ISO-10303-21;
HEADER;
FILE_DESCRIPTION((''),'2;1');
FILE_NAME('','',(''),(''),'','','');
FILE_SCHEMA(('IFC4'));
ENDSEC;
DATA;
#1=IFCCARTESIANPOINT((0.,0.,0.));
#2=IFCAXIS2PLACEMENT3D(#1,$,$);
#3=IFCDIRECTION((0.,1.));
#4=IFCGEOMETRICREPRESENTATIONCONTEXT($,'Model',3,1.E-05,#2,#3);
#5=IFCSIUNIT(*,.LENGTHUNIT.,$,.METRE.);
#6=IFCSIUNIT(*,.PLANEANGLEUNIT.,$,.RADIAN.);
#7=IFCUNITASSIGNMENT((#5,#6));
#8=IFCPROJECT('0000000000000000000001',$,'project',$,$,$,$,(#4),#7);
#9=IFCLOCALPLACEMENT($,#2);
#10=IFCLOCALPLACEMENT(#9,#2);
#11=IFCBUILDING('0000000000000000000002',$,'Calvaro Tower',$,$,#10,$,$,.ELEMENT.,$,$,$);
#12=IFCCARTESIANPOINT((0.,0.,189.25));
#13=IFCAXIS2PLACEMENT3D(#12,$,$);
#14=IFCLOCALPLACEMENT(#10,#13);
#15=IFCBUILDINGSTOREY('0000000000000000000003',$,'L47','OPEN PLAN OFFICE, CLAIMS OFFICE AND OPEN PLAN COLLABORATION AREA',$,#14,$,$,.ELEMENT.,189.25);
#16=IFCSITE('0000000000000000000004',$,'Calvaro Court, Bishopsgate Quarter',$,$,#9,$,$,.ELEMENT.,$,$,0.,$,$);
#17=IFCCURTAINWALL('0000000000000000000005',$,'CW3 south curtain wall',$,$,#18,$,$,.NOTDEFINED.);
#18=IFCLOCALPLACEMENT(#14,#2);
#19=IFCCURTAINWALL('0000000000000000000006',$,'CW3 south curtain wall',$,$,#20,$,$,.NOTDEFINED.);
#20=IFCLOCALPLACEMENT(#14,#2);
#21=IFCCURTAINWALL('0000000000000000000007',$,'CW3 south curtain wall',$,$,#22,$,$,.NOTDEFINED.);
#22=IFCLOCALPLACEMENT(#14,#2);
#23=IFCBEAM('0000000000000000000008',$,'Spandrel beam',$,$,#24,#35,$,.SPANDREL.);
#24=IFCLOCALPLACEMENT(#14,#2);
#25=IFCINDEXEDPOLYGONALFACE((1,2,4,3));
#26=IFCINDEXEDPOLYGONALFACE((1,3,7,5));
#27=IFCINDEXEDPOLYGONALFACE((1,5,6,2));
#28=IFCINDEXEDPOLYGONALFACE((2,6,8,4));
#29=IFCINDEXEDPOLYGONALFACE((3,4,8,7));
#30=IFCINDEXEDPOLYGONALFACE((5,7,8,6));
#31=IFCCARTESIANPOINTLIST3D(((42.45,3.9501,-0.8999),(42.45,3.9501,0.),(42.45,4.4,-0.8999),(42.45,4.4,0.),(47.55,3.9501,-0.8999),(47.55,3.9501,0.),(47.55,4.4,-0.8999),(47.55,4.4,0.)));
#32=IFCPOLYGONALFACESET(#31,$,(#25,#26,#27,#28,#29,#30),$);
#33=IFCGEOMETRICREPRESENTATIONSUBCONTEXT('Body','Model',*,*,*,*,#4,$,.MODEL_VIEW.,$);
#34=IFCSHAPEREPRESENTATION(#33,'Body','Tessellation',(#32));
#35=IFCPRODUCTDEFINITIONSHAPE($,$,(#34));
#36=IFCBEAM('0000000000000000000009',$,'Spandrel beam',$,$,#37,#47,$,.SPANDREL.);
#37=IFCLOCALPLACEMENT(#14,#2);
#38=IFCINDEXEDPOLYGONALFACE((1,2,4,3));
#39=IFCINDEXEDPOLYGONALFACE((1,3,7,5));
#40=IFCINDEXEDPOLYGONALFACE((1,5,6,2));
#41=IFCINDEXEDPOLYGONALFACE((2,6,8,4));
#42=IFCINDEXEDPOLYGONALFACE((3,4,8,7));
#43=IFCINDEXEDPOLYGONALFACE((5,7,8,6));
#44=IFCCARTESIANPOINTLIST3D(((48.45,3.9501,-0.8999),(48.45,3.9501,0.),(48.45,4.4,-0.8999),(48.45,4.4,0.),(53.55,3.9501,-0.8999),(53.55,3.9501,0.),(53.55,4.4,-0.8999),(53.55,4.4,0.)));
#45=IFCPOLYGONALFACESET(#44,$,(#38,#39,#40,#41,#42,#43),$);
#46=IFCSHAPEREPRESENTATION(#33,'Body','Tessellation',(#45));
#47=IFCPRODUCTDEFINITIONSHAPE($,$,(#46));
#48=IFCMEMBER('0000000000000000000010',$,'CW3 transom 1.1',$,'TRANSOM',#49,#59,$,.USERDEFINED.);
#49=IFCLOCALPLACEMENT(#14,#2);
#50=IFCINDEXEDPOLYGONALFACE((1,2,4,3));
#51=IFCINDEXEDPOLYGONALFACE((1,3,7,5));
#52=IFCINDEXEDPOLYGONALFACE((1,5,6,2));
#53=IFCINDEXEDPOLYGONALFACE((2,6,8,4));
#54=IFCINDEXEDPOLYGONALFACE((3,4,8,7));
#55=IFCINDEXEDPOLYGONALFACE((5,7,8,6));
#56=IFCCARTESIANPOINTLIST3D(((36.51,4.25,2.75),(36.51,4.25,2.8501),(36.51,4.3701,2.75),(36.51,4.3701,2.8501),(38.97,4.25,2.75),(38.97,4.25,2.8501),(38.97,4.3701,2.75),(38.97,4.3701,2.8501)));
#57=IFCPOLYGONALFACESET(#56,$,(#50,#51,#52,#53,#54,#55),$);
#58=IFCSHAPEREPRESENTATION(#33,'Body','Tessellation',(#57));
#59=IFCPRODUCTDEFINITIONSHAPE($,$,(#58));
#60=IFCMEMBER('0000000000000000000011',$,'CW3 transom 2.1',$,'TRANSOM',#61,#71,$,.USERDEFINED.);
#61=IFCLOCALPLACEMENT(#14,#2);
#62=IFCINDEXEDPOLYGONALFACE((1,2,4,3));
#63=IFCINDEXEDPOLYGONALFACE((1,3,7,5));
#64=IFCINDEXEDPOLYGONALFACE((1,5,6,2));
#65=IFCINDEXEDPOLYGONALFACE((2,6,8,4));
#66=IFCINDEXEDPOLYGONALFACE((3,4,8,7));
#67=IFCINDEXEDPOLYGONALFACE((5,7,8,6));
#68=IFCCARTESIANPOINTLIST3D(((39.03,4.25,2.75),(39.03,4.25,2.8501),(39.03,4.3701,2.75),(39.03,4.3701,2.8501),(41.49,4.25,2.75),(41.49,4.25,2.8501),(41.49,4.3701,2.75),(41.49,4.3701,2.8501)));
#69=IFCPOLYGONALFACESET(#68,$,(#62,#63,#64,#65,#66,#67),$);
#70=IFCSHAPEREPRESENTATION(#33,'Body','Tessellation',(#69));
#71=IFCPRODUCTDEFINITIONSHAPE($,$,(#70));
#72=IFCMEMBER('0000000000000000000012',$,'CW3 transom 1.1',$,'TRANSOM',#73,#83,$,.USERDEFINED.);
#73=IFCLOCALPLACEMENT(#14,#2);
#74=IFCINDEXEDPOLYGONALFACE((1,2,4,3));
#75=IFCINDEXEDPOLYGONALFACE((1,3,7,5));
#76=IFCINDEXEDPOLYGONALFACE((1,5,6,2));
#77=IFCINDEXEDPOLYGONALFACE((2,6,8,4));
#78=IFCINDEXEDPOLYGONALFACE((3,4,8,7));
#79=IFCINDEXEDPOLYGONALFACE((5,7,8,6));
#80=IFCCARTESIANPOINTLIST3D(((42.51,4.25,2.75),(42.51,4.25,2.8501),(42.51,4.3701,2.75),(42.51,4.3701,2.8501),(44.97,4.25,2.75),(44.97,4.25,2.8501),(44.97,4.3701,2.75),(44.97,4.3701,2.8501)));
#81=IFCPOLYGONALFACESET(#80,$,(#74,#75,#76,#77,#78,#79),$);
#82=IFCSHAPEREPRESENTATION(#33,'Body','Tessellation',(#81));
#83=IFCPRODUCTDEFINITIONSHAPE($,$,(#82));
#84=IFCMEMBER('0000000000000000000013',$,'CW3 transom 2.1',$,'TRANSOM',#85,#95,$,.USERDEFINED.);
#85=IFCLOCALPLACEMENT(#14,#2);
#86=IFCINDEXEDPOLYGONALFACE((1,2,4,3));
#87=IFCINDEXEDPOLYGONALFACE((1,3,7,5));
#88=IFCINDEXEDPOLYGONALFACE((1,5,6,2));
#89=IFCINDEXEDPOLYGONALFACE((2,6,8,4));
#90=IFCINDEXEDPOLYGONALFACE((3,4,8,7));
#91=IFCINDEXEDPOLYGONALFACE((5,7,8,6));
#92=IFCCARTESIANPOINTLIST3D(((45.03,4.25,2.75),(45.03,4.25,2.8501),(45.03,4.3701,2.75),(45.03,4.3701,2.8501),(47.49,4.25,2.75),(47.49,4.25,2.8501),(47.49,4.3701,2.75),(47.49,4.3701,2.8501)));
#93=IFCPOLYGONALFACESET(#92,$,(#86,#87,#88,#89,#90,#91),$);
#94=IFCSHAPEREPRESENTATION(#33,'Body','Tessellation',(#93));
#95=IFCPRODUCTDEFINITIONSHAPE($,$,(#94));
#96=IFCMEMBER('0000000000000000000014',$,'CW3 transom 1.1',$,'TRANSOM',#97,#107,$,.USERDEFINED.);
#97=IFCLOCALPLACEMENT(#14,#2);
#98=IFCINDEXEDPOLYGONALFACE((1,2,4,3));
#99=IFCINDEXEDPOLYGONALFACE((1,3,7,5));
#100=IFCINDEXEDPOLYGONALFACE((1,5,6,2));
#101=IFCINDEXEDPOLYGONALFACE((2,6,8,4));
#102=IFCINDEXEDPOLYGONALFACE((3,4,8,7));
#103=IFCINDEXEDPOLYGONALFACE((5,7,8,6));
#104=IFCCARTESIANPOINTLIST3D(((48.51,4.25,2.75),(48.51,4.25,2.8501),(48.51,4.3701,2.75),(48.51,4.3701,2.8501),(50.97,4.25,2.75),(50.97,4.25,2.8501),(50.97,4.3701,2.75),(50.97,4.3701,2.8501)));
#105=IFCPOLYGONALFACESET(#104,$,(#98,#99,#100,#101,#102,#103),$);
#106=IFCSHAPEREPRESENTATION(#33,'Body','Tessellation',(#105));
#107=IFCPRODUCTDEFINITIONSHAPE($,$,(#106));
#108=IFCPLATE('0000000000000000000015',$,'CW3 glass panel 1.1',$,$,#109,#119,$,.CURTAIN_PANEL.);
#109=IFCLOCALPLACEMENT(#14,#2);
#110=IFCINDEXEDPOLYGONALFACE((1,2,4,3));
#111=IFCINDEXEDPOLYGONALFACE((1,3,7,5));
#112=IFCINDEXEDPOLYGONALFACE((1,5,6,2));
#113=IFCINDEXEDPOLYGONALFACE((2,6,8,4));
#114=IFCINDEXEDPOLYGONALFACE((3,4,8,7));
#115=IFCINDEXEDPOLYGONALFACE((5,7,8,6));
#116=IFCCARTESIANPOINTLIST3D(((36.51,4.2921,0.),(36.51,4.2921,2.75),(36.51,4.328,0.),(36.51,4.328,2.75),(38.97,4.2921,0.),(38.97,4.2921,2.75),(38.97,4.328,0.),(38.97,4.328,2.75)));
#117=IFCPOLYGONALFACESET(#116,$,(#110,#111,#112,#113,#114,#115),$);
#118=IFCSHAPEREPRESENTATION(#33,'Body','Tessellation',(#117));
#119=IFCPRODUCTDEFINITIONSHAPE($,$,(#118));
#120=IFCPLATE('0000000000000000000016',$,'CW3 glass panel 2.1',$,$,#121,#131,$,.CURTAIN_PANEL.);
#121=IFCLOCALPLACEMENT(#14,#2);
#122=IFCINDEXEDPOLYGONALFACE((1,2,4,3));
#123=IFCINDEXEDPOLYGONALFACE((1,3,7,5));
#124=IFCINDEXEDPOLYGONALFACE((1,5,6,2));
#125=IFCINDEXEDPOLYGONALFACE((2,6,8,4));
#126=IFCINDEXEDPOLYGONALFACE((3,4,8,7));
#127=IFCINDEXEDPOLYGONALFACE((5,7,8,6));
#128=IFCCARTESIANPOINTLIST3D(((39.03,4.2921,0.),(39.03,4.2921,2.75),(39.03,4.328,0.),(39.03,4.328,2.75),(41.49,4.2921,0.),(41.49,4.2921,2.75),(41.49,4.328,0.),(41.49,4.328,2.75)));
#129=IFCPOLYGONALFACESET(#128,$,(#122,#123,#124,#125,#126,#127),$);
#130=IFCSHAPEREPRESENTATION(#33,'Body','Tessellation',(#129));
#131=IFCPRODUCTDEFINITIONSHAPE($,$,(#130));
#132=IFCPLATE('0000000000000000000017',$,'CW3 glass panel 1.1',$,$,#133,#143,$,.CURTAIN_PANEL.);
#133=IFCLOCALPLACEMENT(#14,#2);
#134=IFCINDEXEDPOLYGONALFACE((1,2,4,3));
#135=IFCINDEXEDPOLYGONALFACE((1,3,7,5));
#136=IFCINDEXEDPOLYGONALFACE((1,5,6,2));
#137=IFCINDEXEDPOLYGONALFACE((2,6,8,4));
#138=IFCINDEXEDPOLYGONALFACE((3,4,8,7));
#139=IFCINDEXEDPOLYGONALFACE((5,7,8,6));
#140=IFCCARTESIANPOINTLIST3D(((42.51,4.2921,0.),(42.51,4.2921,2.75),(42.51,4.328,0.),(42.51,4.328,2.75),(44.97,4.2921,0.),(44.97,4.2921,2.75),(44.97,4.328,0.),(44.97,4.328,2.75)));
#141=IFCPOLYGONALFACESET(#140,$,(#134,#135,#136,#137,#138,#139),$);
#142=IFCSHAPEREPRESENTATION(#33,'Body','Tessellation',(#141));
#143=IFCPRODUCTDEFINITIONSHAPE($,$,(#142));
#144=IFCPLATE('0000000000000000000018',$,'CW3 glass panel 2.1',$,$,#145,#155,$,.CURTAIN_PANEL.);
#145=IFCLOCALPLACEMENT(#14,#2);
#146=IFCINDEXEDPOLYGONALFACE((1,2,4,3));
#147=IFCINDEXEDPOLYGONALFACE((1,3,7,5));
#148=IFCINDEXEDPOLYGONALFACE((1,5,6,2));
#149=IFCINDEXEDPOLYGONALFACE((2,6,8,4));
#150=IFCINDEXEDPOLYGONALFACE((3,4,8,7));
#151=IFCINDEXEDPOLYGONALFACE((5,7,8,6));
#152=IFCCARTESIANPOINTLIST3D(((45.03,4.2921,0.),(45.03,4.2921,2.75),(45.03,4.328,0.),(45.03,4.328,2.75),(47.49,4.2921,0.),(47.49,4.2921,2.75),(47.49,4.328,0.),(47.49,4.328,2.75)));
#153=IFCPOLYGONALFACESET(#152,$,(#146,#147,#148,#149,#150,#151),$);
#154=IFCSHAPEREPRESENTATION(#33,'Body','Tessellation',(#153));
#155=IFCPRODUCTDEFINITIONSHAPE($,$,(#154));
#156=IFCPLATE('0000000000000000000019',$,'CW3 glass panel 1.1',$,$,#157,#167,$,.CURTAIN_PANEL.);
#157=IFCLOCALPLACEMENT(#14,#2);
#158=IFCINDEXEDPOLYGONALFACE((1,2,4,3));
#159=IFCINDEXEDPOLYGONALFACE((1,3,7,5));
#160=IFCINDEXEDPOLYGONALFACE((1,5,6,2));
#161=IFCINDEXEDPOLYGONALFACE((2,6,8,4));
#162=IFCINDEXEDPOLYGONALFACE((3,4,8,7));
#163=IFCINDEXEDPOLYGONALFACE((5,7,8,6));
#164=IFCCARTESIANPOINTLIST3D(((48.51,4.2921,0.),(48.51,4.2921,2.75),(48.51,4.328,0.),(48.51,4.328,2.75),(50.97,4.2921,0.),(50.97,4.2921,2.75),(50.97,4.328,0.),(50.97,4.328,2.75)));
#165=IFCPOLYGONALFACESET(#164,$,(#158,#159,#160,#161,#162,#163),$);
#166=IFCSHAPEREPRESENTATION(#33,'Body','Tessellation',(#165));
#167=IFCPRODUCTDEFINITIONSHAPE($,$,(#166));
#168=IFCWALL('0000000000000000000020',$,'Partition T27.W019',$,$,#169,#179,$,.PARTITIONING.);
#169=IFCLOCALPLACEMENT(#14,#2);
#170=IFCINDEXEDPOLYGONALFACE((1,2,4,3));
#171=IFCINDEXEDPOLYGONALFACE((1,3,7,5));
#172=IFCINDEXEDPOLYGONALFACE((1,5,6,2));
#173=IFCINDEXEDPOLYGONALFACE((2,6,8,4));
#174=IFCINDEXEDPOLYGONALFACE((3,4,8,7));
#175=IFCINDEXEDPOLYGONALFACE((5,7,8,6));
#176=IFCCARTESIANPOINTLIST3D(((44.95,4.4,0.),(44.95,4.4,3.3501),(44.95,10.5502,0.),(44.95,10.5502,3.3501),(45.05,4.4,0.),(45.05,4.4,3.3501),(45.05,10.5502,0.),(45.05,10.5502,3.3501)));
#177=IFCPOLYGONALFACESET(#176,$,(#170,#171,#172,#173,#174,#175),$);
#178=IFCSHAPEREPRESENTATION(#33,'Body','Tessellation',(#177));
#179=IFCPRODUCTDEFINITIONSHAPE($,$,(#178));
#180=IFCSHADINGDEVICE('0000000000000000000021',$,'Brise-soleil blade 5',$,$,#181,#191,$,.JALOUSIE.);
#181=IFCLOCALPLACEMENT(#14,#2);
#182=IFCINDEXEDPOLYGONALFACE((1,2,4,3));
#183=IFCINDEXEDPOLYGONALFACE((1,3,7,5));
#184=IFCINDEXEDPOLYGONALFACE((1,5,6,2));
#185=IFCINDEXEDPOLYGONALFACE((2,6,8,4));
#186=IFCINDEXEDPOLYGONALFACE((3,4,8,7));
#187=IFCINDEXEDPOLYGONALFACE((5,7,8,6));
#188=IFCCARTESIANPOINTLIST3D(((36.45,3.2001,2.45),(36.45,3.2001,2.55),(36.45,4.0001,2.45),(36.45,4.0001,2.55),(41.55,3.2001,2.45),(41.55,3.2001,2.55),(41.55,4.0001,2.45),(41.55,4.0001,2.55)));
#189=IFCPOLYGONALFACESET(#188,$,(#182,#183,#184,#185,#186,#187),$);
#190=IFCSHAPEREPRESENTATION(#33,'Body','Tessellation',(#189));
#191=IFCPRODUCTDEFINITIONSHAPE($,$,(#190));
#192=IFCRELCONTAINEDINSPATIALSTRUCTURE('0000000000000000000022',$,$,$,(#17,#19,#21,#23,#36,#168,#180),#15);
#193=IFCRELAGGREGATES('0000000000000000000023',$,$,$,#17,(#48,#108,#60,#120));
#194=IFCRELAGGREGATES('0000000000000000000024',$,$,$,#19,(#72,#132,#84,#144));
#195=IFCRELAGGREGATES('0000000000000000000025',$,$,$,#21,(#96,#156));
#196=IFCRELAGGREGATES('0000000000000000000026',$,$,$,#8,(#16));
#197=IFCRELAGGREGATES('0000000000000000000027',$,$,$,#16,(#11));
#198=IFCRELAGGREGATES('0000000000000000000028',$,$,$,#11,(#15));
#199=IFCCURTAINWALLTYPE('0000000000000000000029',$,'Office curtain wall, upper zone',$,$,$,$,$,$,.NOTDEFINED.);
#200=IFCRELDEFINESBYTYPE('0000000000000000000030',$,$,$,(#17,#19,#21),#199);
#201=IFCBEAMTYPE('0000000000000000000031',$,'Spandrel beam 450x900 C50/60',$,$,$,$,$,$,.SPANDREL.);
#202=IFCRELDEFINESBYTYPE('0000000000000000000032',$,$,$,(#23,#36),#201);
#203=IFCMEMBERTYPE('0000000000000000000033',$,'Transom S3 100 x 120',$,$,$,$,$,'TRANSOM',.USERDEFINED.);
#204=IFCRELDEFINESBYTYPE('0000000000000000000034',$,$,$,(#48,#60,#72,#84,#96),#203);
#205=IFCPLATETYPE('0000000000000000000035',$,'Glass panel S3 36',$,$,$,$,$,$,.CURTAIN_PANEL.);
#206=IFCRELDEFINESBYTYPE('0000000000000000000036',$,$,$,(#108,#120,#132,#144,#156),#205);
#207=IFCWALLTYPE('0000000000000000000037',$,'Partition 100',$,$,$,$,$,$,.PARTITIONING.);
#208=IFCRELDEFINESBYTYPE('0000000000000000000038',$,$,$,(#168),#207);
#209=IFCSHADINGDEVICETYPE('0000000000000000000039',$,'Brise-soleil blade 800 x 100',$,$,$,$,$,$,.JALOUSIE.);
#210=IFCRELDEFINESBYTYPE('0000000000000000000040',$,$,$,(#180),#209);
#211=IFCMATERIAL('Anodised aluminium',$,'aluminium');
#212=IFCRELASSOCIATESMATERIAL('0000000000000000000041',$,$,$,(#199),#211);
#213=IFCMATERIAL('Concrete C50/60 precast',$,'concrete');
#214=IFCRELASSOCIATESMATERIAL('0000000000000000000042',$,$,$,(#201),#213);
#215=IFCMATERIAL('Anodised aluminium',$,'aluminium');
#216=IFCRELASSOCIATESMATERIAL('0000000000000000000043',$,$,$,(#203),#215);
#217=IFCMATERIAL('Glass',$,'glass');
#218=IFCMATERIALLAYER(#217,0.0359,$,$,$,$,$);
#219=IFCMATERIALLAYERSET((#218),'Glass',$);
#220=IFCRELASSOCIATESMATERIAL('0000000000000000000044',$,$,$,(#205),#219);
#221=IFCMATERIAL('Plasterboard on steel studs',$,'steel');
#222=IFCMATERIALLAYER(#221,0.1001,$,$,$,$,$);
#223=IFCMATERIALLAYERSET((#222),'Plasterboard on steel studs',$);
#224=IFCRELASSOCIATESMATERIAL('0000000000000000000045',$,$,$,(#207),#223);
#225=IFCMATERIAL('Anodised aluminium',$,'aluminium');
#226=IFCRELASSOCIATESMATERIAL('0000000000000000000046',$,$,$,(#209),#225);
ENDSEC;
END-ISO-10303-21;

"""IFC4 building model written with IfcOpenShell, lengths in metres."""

from ifc_helpers import new_model, si_unit, direction, frame, frame_2d, origin, origin_2d, place, context, subcontext, project, spatial, rectangle, extrude, material, layer, layer_set, material_profile, profile_set, type_object, element, aggregate, save


model = new_model("IFC4")

# Units and contexts
model_context = context("Model", 3, precision=1e-05, world=origin(), true_north=direction((0.0, 1.0)))
body_context = subcontext(model_context, "Body", "Model", "MODEL_VIEW")
ifc_project = project(units=[si_unit("LENGTHUNIT", "METRE"), si_unit("PLANEANGLEUNIT", "RADIAN")], contexts=[model_context])

# Site, building, storey
site_placement = place(None, origin())
site = spatial("IfcSite", under=ifc_project, at=site_placement, Name="Calvaro Court, Bishopsgate Quarter", CompositionType="ELEMENT", RefElevation=0.0)
building_placement = place(site_placement, origin())
building = spatial("IfcBuilding", under=site, at=building_placement, Name="Calvaro Tower", CompositionType="ELEMENT")
storey_placement = place(building_placement, frame((0.0, 0.0, 189.25)))
storey = spatial("IfcBuildingStorey", under=building, at=storey_placement, Name="L47", Description="OPEN PLAN OFFICE, CLAIMS OFFICE AND OPEN PLAN COLLABORATION AREA", CompositionType="ELEMENT", Elevation=189.25)

# Shared definitions
ifc_material_1 = material(Name="Anodised aluminium", Category="aluminium")
curtain_wall_type = type_object("IfcCurtainWallType", Name="Office curtain wall, upper zone", PredefinedType="NOTDEFINED", material=ifc_material_1)

# Curtain walls
curtain_wall_1_placement = place(storey_placement, origin())
curtain_wall_1 = element("IfcCurtainWall", 1, at=curtain_wall_1_placement, inside=storey, type_object=curtain_wall_type, Name="CW3 south curtain wall", PredefinedType="NOTDEFINED")
curtain_wall_2_placement = place(storey_placement, origin())
curtain_wall_2 = element("IfcCurtainWall", 2, at=curtain_wall_2_placement, inside=storey, type_object=curtain_wall_type, Name="CW3 south curtain wall", PredefinedType="NOTDEFINED")
curtain_wall_3_placement = place(storey_placement, origin())
curtain_wall_3 = element("IfcCurtainWall", 3, at=curtain_wall_3_placement, inside=storey, type_object=curtain_wall_type, Name="CW3 south curtain wall", PredefinedType="NOTDEFINED")

# Beams
ifc_material_2 = material(Name="Concrete C50/60 precast", Category="concrete")
ifc_material_profile_1 = material_profile(ifc_material_2, rectangle(XDim=0.45, YDim=0.8999, at=origin_2d()), Name="RC 450x900")
ifc_profile_set_1 = profile_set([ifc_material_profile_1], Name="Concrete C50/60 precast")
beam_type = type_object("IfcBeamType", Name="Spandrel beam 450x900 C50/60", PredefinedType="SPANDREL", material=ifc_profile_set_1)
for number, where, z_axis, x_axis, name in (
    (4, (42.45, 4.175, -0.45), (1.0, 0.0, 0.0), (0.0, 1.0, 0.0), "Spandrel beam"),
    (5, (48.45, 4.175, -0.45), (1.0, 0.0, 0.0), (0.0, 1.0, 0.0), "Spandrel beam"),
):
    element("IfcBeam", number, at=place(storey_placement, frame(where, z_axis=z_axis, x_axis=x_axis)), inside=storey, type_object=beam_type, Name=name, PredefinedType="SPANDREL", context=body_context, shape_type="SweptSolid", body=[
        extrude(rectangle(XDim=0.45, YDim=0.8999, at=origin_2d()), origin(), (0.0, 0.0, 1.0), 5.1001),
    ])

# Members
ifc_material_3 = material(Name="Anodised aluminium", Category="aluminium")
ifc_material_profile_2 = material_profile(ifc_material_3, rectangle(XDim=0.1201, YDim=0.1001, at=origin_2d()), Name="Transom S3 100 x 120")
ifc_profile_set_2 = profile_set([ifc_material_profile_2], Name="Anodised aluminium")
member_type_1 = type_object("IfcMemberType", Name="Transom S3 100 x 120", ElementType="TRANSOM", PredefinedType="USERDEFINED", material=ifc_profile_set_2)
member_1_placement = place(storey_placement, frame((36.51, 4.3101, 2.8), z_axis=(1.0, 0.0, 0.0), x_axis=(0.0, 1.0, 0.0)))
member_1 = element("IfcMember", 6, at=member_1_placement, type_object=member_type_1, Name="CW3 transom 1.1", ObjectType="TRANSOM", PredefinedType="USERDEFINED", context=body_context, shape_type="SweptSolid", body=[
    extrude(rectangle(XDim=0.1201, YDim=0.1001, at=origin_2d()), origin(), (0.0, 0.0, 1.0), 2.46),
])
member_2_placement = place(storey_placement, frame((39.03, 4.3101, 2.8), z_axis=(1.0, 0.0, 0.0), x_axis=(0.0, 1.0, 0.0)))
member_2 = element("IfcMember", 7, at=member_2_placement, type_object=member_type_1, Name="CW3 transom 2.1", ObjectType="TRANSOM", PredefinedType="USERDEFINED", context=body_context, shape_type="SweptSolid", body=[
    extrude(rectangle(XDim=0.1201, YDim=0.1001, at=origin_2d()), origin(), (0.0, 0.0, 1.0), 2.46),
])
member_3_placement = place(storey_placement, frame((42.51, 4.3101, 2.8), z_axis=(1.0, 0.0, 0.0), x_axis=(0.0, 1.0, 0.0)))
member_3 = element("IfcMember", 8, at=member_3_placement, type_object=member_type_1, Name="CW3 transom 1.1", ObjectType="TRANSOM", PredefinedType="USERDEFINED", context=body_context, shape_type="SweptSolid", body=[
    extrude(rectangle(XDim=0.1201, YDim=0.1001, at=origin_2d()), origin(), (0.0, 0.0, 1.0), 2.46),
])
member_4_placement = place(storey_placement, frame((45.03, 4.3101, 2.8), z_axis=(1.0, 0.0, 0.0), x_axis=(0.0, 1.0, 0.0)))
member_4 = element("IfcMember", 9, at=member_4_placement, type_object=member_type_1, Name="CW3 transom 2.1", ObjectType="TRANSOM", PredefinedType="USERDEFINED", context=body_context, shape_type="SweptSolid", body=[
    extrude(rectangle(XDim=0.1201, YDim=0.1001, at=origin_2d()), origin(), (0.0, 0.0, 1.0), 2.46),
])
member_5_placement = place(storey_placement, frame((48.51, 4.3101, 2.8), z_axis=(1.0, 0.0, 0.0), x_axis=(0.0, 1.0, 0.0)))
member_5 = element("IfcMember", 10, at=member_5_placement, type_object=member_type_1, Name="CW3 transom 1.1", ObjectType="TRANSOM", PredefinedType="USERDEFINED", context=body_context, shape_type="SweptSolid", body=[
    extrude(rectangle(XDim=0.1201, YDim=0.1001, at=origin_2d()), origin(), (0.0, 0.0, 1.0), 2.46),
])

# Plates
ifc_material_4 = material(Name="Glass", Category="glass")
ifc_layer_1 = layer(ifc_material_4, 0.0359)
ifc_layer_set_1 = layer_set([ifc_layer_1], Name="Glass")
plate_type = type_object("IfcPlateType", Name="Glass panel S3 36", PredefinedType="CURTAIN_PANEL", material=ifc_layer_set_1)
plate_1_placement = place(storey_placement, frame((37.74, 4.3101, 0.0), z_axis=(0.0, 0.0, 1.0), x_axis=(1.0, 0.0, 0.0)))
plate_1 = element("IfcPlate", 11, at=plate_1_placement, type_object=plate_type, Name="CW3 glass panel 1.1", PredefinedType="CURTAIN_PANEL", context=body_context, shape_type="SweptSolid", body=[
    extrude(rectangle(XDim=2.46, YDim=0.0359, at=origin_2d()), origin(), (0.0, 0.0, 1.0), 2.75),
])
plate_2_placement = place(storey_placement, frame((40.26, 4.3101, 0.0), z_axis=(0.0, 0.0, 1.0), x_axis=(1.0, 0.0, 0.0)))
plate_2 = element("IfcPlate", 12, at=plate_2_placement, type_object=plate_type, Name="CW3 glass panel 2.1", PredefinedType="CURTAIN_PANEL", context=body_context, shape_type="SweptSolid", body=[
    extrude(rectangle(XDim=2.46, YDim=0.0359, at=origin_2d()), origin(), (0.0, 0.0, 1.0), 2.75),
])
aggregate(curtain_wall_1, [member_1, plate_1, member_2, plate_2])
plate_3_placement = place(storey_placement, frame((43.74, 4.3101, 0.0), z_axis=(0.0, 0.0, 1.0), x_axis=(1.0, 0.0, 0.0)))
plate_3 = element("IfcPlate", 13, at=plate_3_placement, type_object=plate_type, Name="CW3 glass panel 1.1", PredefinedType="CURTAIN_PANEL", context=body_context, shape_type="SweptSolid", body=[
    extrude(rectangle(XDim=2.46, YDim=0.0359, at=origin_2d()), origin(), (0.0, 0.0, 1.0), 2.75),
])
plate_4_placement = place(storey_placement, frame((46.26, 4.3101, 0.0), z_axis=(0.0, 0.0, 1.0), x_axis=(1.0, 0.0, 0.0)))
plate_4 = element("IfcPlate", 14, at=plate_4_placement, type_object=plate_type, Name="CW3 glass panel 2.1", PredefinedType="CURTAIN_PANEL", context=body_context, shape_type="SweptSolid", body=[
    extrude(rectangle(XDim=2.46, YDim=0.0359, at=origin_2d()), origin(), (0.0, 0.0, 1.0), 2.75),
])
aggregate(curtain_wall_2, [member_3, plate_3, member_4, plate_4])
plate_5_placement = place(storey_placement, frame((49.74, 4.3101, 0.0), z_axis=(0.0, 0.0, 1.0), x_axis=(1.0, 0.0, 0.0)))
plate_5 = element("IfcPlate", 15, at=plate_5_placement, type_object=plate_type, Name="CW3 glass panel 1.1", PredefinedType="CURTAIN_PANEL", context=body_context, shape_type="SweptSolid", body=[
    extrude(rectangle(XDim=2.46, YDim=0.0359, at=origin_2d()), origin(), (0.0, 0.0, 1.0), 2.75),
])
aggregate(curtain_wall_3, [member_5, plate_5])

# Wall
ifc_material_5 = material(Name="Plasterboard on steel studs", Category="steel")
ifc_layer_2 = layer(ifc_material_5, 0.1001)
ifc_layer_set_2 = layer_set([ifc_layer_2], Name="Plasterboard on steel studs")
wall_type = type_object("IfcWallType", Name="Partition 100", PredefinedType="PARTITIONING", material=ifc_layer_set_2)
wall_placement = place(storey_placement, frame((45.0, 4.3999, 0.0), z_axis=(0.0, 0.0, 1.0), x_axis=(0.0, 1.0, 0.0)))
element("IfcWall", 16, at=wall_placement, inside=storey, type_object=wall_type, Name="Partition T27.W019", PredefinedType="PARTITIONING", context=body_context, shape_type="SweptSolid", body=[
    extrude(rectangle(XDim=6.1501, YDim=0.1001, at=frame_2d((3.0752, 0.0))), origin(), (0.0, 0.0, 1.0), 3.3501),
])

# Shading device
ifc_material_6 = material(Name="Anodised aluminium", Category="aluminium")
ifc_material_profile_3 = material_profile(ifc_material_6, rectangle(XDim=0.8, YDim=0.1001, at=origin_2d()), Name="Brise-soleil blade 800 x 100")
ifc_profile_set_3 = profile_set([ifc_material_profile_3], Name="Anodised aluminium")
shading_device_type = type_object("IfcShadingDeviceType", Name="Brise-soleil blade 800 x 100", PredefinedType="JALOUSIE", material=ifc_profile_set_3)
for number, where, z_axis, x_axis, name in (
    (17, (36.45, 3.6001, 2.5), (1.0, 0.0, 0.0), (0.0, 1.0, 0.0), "Brise-soleil blade 5"),
):
    element("IfcShadingDevice", number, at=place(storey_placement, frame(where, z_axis=z_axis, x_axis=x_axis)), inside=storey, type_object=shading_device_type, Name=name, PredefinedType="JALOUSIE", context=body_context, shape_type="SweptSolid", body=[
        extrude(rectangle(XDim=0.8, YDim=0.1001, at=origin_2d()), origin(), (0.0, 0.0, 1.0), 5.1001),
    ])

save(model, "model.ifc")
